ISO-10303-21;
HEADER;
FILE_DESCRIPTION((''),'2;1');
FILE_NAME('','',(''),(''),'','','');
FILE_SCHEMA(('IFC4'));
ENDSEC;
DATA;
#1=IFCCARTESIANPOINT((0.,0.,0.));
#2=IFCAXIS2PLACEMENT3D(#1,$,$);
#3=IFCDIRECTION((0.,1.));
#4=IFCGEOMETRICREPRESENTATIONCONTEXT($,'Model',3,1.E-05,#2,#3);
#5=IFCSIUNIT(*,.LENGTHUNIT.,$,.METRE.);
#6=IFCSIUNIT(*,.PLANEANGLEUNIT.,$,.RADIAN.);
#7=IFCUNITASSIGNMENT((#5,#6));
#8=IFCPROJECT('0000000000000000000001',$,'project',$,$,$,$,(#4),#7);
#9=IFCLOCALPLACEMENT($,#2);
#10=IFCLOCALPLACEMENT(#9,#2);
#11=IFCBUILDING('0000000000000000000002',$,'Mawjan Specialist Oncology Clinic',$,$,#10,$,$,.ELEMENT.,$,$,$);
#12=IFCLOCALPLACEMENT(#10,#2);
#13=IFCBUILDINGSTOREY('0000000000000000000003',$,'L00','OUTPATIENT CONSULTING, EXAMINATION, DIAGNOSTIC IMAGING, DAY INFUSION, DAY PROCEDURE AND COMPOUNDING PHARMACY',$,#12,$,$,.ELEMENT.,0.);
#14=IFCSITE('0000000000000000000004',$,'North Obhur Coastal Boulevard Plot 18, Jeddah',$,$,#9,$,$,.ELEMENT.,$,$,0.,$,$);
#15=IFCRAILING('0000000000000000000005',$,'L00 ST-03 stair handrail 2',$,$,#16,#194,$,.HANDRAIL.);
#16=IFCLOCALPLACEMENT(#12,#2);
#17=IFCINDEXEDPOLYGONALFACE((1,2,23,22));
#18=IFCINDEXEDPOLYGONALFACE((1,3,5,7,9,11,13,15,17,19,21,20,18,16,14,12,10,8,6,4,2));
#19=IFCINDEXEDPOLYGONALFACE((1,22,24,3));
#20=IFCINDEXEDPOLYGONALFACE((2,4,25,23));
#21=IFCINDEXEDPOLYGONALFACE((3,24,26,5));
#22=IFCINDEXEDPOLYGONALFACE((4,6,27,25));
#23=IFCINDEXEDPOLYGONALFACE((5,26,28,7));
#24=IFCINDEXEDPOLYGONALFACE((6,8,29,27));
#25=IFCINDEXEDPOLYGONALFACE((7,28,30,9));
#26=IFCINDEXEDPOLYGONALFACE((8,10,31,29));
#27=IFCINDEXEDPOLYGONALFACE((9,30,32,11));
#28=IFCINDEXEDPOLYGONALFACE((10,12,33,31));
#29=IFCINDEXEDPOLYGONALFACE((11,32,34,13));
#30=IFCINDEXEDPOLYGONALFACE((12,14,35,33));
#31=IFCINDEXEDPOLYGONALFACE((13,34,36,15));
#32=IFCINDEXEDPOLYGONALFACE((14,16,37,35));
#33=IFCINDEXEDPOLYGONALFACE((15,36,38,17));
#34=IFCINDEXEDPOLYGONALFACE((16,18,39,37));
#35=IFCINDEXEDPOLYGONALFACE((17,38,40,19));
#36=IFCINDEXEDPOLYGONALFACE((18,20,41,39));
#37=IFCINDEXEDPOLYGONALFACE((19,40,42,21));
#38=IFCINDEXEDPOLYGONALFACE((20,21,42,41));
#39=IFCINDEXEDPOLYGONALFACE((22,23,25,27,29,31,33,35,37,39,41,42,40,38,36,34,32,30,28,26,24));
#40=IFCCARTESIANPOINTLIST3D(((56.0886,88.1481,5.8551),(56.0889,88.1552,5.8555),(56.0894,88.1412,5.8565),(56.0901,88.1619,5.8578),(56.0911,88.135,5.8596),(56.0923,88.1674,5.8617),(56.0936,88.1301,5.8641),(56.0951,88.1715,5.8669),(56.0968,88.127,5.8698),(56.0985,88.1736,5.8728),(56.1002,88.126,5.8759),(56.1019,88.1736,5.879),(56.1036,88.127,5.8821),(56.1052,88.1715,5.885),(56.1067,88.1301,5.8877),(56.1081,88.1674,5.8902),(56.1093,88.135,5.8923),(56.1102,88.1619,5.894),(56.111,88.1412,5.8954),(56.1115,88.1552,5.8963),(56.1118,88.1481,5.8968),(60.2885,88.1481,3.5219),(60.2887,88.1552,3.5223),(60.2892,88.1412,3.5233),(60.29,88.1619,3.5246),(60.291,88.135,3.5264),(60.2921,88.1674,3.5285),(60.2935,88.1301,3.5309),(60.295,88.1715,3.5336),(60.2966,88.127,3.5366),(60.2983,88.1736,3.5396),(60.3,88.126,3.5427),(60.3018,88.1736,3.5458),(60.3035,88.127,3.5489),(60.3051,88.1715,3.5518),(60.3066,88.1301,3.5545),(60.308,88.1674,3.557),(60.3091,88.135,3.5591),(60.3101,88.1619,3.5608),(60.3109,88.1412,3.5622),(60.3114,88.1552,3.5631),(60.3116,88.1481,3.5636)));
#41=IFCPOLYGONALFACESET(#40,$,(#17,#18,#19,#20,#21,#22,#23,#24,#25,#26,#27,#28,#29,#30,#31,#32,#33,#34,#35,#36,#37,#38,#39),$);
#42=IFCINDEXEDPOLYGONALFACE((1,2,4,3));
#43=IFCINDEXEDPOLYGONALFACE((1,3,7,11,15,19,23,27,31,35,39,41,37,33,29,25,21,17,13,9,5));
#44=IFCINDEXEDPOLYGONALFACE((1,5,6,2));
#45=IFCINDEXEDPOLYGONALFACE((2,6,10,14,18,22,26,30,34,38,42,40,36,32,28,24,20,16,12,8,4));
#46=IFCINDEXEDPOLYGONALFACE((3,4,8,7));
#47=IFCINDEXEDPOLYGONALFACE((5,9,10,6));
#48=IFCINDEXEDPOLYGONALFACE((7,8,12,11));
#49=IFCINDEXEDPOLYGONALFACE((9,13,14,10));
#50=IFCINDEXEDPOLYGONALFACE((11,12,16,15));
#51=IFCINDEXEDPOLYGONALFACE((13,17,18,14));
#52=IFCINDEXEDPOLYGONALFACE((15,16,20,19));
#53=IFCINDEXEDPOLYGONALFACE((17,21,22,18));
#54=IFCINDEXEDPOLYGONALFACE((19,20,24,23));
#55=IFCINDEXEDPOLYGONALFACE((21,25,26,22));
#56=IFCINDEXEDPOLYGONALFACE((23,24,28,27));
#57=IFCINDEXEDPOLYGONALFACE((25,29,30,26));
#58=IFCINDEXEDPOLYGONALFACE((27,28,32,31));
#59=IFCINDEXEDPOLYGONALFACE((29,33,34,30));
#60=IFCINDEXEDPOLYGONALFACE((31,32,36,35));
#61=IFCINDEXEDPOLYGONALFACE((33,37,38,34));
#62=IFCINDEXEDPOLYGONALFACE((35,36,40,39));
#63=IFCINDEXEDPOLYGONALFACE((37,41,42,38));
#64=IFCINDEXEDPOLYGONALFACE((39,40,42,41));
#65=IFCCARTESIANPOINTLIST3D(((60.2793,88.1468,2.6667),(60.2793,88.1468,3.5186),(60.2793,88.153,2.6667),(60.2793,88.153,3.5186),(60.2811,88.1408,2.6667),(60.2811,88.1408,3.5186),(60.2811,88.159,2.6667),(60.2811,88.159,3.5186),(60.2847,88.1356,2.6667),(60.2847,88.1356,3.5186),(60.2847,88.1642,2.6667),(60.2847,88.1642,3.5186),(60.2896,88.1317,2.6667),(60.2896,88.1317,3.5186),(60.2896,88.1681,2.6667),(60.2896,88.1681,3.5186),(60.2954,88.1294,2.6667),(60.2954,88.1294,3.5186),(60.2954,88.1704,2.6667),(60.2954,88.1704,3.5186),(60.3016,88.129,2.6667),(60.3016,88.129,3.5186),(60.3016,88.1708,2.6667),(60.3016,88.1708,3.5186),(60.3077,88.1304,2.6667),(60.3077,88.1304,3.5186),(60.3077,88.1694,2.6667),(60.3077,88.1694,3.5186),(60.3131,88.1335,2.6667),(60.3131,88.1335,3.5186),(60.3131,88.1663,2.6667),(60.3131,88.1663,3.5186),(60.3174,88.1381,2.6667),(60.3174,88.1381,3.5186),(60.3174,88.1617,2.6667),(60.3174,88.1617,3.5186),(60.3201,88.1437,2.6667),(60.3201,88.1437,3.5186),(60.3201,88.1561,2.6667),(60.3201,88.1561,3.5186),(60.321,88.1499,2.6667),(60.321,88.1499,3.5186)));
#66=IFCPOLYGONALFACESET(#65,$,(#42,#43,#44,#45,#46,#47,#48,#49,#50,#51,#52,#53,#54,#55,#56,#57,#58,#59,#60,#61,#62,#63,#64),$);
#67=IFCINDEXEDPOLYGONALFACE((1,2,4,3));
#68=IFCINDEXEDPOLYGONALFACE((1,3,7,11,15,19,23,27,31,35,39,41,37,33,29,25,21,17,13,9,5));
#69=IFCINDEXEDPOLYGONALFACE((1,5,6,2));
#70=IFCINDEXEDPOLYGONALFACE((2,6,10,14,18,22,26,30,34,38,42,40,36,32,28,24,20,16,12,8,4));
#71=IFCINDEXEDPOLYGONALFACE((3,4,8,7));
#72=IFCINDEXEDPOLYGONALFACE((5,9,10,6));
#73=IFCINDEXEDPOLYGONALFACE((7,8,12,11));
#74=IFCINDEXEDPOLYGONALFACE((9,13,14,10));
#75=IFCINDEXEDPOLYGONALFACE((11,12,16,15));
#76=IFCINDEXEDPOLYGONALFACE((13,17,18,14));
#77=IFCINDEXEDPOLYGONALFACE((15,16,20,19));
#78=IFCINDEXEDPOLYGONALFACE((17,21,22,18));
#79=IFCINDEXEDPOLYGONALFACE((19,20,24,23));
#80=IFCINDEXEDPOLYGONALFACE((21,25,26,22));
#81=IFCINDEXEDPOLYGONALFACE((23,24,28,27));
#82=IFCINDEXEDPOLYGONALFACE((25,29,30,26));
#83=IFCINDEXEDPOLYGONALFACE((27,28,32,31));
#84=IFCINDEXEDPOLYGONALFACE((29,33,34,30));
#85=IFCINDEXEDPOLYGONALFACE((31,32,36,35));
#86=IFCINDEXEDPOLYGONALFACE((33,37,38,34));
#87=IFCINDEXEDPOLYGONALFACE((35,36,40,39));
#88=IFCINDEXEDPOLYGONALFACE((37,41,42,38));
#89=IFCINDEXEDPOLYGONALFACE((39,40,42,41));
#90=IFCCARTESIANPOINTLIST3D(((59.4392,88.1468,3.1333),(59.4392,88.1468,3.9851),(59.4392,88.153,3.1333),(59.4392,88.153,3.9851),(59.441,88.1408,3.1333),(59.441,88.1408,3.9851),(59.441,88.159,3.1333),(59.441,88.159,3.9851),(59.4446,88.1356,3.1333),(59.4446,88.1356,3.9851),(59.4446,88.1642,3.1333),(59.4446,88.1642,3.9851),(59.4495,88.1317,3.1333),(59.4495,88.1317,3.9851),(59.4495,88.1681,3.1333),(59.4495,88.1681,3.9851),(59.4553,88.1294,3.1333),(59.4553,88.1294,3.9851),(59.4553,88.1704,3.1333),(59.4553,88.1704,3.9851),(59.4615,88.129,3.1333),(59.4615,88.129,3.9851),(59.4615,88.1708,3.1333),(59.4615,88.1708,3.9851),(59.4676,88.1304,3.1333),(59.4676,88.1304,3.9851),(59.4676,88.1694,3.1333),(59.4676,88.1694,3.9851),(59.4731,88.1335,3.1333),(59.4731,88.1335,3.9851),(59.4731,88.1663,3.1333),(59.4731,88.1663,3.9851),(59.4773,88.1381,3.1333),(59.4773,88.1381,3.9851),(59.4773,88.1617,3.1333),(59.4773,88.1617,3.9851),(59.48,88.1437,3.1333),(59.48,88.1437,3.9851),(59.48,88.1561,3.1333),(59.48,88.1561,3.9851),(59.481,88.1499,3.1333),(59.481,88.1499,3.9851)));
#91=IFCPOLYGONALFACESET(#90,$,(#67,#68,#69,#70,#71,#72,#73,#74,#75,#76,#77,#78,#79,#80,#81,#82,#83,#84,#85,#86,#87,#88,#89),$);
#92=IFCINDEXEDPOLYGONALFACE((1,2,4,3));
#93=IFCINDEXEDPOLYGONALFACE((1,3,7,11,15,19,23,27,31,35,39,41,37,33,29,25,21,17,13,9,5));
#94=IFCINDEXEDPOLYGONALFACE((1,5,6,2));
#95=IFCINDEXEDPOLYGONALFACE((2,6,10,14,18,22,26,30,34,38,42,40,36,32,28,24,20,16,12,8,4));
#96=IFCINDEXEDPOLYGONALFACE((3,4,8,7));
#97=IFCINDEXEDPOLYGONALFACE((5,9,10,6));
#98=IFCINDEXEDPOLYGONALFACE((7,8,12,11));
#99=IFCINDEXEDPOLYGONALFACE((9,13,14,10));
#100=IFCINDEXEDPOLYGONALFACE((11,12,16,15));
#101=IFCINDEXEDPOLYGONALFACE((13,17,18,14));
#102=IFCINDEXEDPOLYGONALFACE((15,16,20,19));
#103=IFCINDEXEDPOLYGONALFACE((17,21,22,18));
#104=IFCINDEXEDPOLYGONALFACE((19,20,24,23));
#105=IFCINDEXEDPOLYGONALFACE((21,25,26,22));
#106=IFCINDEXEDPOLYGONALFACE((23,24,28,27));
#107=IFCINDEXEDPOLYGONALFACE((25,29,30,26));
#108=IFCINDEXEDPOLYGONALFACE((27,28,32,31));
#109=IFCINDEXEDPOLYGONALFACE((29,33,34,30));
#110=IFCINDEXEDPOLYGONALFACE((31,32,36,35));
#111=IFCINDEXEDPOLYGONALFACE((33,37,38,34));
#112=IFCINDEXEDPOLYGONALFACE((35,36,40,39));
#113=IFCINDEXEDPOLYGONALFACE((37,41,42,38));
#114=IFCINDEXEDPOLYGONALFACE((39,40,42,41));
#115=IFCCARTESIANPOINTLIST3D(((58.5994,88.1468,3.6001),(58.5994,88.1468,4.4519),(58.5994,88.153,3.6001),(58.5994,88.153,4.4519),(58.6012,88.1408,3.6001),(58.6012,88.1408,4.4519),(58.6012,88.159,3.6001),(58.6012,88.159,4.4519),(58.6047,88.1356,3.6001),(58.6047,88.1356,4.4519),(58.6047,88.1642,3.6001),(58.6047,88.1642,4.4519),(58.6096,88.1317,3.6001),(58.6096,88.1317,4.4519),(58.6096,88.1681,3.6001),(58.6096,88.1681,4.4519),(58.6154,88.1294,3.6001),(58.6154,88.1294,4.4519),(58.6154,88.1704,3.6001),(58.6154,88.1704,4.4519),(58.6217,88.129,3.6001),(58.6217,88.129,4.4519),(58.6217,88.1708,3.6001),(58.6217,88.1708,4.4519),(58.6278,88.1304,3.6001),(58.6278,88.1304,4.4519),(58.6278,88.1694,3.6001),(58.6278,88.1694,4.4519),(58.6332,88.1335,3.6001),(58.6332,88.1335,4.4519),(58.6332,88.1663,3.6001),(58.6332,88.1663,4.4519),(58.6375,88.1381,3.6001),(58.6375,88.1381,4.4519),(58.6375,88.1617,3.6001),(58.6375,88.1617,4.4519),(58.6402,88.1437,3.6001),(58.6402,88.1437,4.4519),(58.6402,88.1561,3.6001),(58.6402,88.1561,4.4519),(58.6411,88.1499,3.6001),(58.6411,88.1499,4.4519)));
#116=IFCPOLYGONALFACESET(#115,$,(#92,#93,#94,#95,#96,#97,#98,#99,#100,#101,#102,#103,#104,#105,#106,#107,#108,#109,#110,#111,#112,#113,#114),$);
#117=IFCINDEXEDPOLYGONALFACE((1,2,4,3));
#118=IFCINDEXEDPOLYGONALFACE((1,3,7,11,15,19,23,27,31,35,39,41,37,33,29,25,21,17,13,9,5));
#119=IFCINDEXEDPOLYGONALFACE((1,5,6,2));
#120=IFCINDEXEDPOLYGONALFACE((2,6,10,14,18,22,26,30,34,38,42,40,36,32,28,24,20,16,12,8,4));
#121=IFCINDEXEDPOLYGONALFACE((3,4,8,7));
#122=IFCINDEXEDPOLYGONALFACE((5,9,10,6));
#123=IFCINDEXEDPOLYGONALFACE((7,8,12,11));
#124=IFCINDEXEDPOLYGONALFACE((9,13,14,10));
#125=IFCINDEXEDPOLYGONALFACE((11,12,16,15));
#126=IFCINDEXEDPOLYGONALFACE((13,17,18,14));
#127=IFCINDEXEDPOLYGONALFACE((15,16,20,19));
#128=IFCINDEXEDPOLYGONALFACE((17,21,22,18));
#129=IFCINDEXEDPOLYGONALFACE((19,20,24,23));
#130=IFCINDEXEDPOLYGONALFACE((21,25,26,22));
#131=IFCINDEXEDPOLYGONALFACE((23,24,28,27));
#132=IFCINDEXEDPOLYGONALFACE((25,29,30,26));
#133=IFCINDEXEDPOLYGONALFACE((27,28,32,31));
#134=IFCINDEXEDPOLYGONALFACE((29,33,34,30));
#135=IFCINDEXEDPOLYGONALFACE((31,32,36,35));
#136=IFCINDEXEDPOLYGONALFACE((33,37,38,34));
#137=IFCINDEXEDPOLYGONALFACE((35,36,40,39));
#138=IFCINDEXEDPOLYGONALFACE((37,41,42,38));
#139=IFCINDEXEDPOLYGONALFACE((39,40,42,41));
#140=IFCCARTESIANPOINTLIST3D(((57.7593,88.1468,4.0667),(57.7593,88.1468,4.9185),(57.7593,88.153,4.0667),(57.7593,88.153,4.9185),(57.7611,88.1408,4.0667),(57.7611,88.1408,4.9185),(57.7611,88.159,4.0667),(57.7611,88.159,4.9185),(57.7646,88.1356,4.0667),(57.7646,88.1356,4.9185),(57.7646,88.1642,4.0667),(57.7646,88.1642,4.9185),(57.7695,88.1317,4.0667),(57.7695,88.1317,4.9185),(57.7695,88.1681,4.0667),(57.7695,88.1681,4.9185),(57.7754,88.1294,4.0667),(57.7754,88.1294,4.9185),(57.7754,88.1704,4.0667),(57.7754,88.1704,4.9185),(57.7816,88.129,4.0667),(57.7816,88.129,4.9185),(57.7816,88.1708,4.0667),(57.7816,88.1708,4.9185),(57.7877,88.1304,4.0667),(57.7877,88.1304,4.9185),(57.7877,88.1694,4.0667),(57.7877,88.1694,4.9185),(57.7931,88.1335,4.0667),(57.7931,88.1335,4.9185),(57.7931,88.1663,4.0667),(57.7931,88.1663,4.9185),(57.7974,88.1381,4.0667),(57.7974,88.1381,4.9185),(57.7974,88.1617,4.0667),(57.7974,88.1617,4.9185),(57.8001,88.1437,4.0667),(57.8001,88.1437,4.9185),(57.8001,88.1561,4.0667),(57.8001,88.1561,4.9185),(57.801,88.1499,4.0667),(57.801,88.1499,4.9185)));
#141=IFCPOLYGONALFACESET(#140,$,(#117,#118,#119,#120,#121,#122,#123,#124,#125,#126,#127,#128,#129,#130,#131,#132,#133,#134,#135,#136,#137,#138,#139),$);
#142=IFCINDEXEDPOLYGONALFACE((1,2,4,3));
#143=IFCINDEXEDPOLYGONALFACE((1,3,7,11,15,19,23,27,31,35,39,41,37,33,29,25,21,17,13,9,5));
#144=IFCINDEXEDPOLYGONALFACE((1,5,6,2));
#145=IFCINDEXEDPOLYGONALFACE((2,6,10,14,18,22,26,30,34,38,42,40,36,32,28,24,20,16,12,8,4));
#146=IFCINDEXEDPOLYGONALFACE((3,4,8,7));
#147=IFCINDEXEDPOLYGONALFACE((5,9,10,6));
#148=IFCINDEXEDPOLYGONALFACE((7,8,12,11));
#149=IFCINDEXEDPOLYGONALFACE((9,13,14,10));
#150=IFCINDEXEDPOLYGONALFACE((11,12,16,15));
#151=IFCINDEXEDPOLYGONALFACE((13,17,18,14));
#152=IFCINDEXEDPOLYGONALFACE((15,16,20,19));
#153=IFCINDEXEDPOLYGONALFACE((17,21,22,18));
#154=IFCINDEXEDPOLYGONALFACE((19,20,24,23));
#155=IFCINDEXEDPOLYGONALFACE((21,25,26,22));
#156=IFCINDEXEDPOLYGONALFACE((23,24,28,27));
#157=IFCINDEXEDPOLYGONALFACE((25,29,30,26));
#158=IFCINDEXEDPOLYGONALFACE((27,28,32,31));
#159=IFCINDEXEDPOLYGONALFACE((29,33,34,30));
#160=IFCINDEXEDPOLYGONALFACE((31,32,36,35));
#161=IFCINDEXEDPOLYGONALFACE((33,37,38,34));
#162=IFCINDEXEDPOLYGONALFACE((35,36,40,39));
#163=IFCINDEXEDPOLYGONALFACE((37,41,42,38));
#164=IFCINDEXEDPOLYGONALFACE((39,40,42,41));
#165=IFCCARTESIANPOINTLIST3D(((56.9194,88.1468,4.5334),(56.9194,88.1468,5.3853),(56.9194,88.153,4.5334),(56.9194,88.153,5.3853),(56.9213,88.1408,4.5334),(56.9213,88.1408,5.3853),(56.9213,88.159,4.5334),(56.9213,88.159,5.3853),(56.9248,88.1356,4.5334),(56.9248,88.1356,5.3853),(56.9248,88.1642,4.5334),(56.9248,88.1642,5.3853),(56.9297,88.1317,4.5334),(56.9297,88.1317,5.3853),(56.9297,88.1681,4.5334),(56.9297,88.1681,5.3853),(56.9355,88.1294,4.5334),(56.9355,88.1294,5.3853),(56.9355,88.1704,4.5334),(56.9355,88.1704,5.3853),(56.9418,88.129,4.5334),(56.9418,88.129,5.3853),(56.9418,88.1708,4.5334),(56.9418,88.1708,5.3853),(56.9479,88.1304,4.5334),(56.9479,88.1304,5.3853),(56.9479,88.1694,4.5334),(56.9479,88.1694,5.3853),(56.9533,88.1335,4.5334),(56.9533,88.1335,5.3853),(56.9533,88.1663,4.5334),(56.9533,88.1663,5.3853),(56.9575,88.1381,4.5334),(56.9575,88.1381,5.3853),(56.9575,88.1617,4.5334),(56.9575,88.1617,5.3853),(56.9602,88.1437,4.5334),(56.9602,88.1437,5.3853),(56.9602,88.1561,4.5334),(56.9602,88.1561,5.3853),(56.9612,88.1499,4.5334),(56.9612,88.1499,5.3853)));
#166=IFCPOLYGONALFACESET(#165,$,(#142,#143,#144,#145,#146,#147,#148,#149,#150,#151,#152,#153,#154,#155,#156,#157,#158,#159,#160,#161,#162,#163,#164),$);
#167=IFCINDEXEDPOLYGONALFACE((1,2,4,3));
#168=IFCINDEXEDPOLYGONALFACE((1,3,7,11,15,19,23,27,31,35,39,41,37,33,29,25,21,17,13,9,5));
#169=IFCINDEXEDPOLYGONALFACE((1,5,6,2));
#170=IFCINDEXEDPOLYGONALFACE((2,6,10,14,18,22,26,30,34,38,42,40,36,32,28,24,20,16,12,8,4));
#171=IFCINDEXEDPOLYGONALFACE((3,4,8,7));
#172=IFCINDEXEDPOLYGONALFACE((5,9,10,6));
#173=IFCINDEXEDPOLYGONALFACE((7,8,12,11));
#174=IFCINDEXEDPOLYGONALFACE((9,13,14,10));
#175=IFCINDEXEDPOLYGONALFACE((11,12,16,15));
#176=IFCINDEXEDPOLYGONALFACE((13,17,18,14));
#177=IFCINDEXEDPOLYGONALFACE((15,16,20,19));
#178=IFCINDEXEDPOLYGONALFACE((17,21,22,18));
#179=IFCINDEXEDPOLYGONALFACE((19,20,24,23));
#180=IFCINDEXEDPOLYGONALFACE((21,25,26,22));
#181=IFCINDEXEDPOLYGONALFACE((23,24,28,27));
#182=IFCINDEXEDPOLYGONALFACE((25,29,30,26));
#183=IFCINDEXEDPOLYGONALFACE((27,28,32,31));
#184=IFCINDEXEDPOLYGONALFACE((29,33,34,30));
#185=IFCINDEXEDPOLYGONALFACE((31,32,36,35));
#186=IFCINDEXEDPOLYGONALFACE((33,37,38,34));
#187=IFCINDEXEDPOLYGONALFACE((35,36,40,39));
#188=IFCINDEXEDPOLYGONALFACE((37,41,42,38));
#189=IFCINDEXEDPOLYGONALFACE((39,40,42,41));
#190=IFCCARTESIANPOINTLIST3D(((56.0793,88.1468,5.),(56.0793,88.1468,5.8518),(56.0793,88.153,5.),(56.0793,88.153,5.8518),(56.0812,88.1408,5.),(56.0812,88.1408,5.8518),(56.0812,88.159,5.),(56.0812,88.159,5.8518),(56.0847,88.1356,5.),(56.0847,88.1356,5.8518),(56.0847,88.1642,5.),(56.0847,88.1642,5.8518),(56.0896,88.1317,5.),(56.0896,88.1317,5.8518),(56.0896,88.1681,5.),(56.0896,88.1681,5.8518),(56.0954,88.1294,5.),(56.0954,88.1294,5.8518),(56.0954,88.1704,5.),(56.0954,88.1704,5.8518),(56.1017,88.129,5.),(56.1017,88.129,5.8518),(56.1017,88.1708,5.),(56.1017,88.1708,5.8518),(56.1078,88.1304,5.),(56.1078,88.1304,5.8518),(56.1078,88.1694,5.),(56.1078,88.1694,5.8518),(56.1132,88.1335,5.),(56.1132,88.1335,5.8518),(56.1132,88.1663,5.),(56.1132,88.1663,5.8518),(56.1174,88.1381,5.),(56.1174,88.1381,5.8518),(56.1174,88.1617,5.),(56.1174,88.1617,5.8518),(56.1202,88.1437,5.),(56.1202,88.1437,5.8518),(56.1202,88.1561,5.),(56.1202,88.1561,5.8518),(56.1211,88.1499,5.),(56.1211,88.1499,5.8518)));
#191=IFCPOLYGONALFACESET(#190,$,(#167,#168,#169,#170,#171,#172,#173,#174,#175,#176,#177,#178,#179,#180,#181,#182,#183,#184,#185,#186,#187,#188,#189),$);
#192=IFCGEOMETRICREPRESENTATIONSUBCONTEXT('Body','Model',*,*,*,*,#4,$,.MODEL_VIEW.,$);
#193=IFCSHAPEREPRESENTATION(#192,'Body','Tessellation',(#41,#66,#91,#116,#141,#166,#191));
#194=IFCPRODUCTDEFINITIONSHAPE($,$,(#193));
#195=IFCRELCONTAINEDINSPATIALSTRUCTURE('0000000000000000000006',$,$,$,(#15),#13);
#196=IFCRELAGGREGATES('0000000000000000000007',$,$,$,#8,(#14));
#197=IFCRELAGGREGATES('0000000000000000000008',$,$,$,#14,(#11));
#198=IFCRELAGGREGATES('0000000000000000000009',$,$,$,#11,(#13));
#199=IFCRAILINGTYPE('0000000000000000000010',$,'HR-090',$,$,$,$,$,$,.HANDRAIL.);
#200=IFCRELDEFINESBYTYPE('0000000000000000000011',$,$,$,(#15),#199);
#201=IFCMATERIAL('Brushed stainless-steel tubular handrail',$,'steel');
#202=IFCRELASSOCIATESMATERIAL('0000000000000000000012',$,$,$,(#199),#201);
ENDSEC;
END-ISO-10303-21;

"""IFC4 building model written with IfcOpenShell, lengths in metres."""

from ifc_helpers import new_model, si_unit, direction, frame, origin, origin_2d, place, context, subcontext, project, spatial, circle, extrude, material, type_object, element, save


model = new_model("IFC4")

# Units and contexts
model_context = context("Model", 3, precision=1e-05, world=origin(), true_north=direction((0.0, 1.0)))
body_context = subcontext(model_context, "Body", "Model", "MODEL_VIEW")
ifc_project = project(units=[si_unit("LENGTHUNIT", "METRE"), si_unit("PLANEANGLEUNIT", "RADIAN")], contexts=[model_context])

# Site, building, storey
site_placement = place(None, origin())
site = spatial("IfcSite", under=ifc_project, at=site_placement, Name="North Obhur Coastal Boulevard Plot 18, Jeddah", CompositionType="ELEMENT", RefElevation=0.0)
building_placement = place(site_placement, origin())
building = spatial("IfcBuilding", under=site, at=building_placement, Name="Mawjan Specialist Oncology Clinic", CompositionType="ELEMENT")
storey_placement = place(building_placement, origin())
storey = spatial("IfcBuildingStorey", under=building, at=storey_placement, Name="L00", Description="OUTPATIENT CONSULTING, EXAMINATION, DIAGNOSTIC IMAGING, DAY INFUSION, DAY PROCEDURE AND COMPOUNDING PHARMACY", CompositionType="ELEMENT", Elevation=0.0)

# Railing
ifc_material_1 = material(Name="Brushed stainless-steel tubular handrail", Category="steel")
railing_type_1 = type_object("IfcRailingType", Name="HR-090", PredefinedType="HANDRAIL", material=ifc_material_1)
railing_1_placement = place(storey_placement, frame((60.3, 88.1499, 2.6667)))
element("IfcRailing", 1, at=railing_1_placement, inside=storey, type_object=railing_type_1, Name="L00 ST-03 stair handrail 2", PredefinedType="HANDRAIL", context=body_context, shape_type="SweptSolid", body=[
    extrude(circle(Radius=0.0239, at=origin_2d()), frame((0.0, 0.0, 0.876), z_axis=(-0.874162, 0.0, 0.485634), x_axis=(0.0, -1.0, 0.0)), (0.0, 0.0, 1.0), 4.8044),
    extrude(circle(Radius=0.021, at=origin_2d()), origin(), (0.0, 0.0, 1.0), 0.8518),
    extrude(circle(Radius=0.021, at=origin_2d()), frame((-0.8401, 0.0, 0.4666)), (0.0, 0.0, 1.0), 0.8518),
    extrude(circle(Radius=0.021, at=origin_2d()), frame((-1.6799, 0.0, 0.9333)), (0.0, 0.0, 1.0), 0.8518),
    extrude(circle(Radius=0.021, at=origin_2d()), frame((-2.52, 0.0, 1.3999)), (0.0, 0.0, 1.0), 0.8518),
    extrude(circle(Radius=0.021, at=origin_2d()), frame((-3.3599, 0.0, 1.8667)), (0.0, 0.0, 1.0), 0.8518),
    extrude(circle(Radius=0.021, at=origin_2d()), frame((-4.2, 0.0, 2.3333)), (0.0, 0.0, 1.0), 0.8518),
])

save(model, "model.ifc")
